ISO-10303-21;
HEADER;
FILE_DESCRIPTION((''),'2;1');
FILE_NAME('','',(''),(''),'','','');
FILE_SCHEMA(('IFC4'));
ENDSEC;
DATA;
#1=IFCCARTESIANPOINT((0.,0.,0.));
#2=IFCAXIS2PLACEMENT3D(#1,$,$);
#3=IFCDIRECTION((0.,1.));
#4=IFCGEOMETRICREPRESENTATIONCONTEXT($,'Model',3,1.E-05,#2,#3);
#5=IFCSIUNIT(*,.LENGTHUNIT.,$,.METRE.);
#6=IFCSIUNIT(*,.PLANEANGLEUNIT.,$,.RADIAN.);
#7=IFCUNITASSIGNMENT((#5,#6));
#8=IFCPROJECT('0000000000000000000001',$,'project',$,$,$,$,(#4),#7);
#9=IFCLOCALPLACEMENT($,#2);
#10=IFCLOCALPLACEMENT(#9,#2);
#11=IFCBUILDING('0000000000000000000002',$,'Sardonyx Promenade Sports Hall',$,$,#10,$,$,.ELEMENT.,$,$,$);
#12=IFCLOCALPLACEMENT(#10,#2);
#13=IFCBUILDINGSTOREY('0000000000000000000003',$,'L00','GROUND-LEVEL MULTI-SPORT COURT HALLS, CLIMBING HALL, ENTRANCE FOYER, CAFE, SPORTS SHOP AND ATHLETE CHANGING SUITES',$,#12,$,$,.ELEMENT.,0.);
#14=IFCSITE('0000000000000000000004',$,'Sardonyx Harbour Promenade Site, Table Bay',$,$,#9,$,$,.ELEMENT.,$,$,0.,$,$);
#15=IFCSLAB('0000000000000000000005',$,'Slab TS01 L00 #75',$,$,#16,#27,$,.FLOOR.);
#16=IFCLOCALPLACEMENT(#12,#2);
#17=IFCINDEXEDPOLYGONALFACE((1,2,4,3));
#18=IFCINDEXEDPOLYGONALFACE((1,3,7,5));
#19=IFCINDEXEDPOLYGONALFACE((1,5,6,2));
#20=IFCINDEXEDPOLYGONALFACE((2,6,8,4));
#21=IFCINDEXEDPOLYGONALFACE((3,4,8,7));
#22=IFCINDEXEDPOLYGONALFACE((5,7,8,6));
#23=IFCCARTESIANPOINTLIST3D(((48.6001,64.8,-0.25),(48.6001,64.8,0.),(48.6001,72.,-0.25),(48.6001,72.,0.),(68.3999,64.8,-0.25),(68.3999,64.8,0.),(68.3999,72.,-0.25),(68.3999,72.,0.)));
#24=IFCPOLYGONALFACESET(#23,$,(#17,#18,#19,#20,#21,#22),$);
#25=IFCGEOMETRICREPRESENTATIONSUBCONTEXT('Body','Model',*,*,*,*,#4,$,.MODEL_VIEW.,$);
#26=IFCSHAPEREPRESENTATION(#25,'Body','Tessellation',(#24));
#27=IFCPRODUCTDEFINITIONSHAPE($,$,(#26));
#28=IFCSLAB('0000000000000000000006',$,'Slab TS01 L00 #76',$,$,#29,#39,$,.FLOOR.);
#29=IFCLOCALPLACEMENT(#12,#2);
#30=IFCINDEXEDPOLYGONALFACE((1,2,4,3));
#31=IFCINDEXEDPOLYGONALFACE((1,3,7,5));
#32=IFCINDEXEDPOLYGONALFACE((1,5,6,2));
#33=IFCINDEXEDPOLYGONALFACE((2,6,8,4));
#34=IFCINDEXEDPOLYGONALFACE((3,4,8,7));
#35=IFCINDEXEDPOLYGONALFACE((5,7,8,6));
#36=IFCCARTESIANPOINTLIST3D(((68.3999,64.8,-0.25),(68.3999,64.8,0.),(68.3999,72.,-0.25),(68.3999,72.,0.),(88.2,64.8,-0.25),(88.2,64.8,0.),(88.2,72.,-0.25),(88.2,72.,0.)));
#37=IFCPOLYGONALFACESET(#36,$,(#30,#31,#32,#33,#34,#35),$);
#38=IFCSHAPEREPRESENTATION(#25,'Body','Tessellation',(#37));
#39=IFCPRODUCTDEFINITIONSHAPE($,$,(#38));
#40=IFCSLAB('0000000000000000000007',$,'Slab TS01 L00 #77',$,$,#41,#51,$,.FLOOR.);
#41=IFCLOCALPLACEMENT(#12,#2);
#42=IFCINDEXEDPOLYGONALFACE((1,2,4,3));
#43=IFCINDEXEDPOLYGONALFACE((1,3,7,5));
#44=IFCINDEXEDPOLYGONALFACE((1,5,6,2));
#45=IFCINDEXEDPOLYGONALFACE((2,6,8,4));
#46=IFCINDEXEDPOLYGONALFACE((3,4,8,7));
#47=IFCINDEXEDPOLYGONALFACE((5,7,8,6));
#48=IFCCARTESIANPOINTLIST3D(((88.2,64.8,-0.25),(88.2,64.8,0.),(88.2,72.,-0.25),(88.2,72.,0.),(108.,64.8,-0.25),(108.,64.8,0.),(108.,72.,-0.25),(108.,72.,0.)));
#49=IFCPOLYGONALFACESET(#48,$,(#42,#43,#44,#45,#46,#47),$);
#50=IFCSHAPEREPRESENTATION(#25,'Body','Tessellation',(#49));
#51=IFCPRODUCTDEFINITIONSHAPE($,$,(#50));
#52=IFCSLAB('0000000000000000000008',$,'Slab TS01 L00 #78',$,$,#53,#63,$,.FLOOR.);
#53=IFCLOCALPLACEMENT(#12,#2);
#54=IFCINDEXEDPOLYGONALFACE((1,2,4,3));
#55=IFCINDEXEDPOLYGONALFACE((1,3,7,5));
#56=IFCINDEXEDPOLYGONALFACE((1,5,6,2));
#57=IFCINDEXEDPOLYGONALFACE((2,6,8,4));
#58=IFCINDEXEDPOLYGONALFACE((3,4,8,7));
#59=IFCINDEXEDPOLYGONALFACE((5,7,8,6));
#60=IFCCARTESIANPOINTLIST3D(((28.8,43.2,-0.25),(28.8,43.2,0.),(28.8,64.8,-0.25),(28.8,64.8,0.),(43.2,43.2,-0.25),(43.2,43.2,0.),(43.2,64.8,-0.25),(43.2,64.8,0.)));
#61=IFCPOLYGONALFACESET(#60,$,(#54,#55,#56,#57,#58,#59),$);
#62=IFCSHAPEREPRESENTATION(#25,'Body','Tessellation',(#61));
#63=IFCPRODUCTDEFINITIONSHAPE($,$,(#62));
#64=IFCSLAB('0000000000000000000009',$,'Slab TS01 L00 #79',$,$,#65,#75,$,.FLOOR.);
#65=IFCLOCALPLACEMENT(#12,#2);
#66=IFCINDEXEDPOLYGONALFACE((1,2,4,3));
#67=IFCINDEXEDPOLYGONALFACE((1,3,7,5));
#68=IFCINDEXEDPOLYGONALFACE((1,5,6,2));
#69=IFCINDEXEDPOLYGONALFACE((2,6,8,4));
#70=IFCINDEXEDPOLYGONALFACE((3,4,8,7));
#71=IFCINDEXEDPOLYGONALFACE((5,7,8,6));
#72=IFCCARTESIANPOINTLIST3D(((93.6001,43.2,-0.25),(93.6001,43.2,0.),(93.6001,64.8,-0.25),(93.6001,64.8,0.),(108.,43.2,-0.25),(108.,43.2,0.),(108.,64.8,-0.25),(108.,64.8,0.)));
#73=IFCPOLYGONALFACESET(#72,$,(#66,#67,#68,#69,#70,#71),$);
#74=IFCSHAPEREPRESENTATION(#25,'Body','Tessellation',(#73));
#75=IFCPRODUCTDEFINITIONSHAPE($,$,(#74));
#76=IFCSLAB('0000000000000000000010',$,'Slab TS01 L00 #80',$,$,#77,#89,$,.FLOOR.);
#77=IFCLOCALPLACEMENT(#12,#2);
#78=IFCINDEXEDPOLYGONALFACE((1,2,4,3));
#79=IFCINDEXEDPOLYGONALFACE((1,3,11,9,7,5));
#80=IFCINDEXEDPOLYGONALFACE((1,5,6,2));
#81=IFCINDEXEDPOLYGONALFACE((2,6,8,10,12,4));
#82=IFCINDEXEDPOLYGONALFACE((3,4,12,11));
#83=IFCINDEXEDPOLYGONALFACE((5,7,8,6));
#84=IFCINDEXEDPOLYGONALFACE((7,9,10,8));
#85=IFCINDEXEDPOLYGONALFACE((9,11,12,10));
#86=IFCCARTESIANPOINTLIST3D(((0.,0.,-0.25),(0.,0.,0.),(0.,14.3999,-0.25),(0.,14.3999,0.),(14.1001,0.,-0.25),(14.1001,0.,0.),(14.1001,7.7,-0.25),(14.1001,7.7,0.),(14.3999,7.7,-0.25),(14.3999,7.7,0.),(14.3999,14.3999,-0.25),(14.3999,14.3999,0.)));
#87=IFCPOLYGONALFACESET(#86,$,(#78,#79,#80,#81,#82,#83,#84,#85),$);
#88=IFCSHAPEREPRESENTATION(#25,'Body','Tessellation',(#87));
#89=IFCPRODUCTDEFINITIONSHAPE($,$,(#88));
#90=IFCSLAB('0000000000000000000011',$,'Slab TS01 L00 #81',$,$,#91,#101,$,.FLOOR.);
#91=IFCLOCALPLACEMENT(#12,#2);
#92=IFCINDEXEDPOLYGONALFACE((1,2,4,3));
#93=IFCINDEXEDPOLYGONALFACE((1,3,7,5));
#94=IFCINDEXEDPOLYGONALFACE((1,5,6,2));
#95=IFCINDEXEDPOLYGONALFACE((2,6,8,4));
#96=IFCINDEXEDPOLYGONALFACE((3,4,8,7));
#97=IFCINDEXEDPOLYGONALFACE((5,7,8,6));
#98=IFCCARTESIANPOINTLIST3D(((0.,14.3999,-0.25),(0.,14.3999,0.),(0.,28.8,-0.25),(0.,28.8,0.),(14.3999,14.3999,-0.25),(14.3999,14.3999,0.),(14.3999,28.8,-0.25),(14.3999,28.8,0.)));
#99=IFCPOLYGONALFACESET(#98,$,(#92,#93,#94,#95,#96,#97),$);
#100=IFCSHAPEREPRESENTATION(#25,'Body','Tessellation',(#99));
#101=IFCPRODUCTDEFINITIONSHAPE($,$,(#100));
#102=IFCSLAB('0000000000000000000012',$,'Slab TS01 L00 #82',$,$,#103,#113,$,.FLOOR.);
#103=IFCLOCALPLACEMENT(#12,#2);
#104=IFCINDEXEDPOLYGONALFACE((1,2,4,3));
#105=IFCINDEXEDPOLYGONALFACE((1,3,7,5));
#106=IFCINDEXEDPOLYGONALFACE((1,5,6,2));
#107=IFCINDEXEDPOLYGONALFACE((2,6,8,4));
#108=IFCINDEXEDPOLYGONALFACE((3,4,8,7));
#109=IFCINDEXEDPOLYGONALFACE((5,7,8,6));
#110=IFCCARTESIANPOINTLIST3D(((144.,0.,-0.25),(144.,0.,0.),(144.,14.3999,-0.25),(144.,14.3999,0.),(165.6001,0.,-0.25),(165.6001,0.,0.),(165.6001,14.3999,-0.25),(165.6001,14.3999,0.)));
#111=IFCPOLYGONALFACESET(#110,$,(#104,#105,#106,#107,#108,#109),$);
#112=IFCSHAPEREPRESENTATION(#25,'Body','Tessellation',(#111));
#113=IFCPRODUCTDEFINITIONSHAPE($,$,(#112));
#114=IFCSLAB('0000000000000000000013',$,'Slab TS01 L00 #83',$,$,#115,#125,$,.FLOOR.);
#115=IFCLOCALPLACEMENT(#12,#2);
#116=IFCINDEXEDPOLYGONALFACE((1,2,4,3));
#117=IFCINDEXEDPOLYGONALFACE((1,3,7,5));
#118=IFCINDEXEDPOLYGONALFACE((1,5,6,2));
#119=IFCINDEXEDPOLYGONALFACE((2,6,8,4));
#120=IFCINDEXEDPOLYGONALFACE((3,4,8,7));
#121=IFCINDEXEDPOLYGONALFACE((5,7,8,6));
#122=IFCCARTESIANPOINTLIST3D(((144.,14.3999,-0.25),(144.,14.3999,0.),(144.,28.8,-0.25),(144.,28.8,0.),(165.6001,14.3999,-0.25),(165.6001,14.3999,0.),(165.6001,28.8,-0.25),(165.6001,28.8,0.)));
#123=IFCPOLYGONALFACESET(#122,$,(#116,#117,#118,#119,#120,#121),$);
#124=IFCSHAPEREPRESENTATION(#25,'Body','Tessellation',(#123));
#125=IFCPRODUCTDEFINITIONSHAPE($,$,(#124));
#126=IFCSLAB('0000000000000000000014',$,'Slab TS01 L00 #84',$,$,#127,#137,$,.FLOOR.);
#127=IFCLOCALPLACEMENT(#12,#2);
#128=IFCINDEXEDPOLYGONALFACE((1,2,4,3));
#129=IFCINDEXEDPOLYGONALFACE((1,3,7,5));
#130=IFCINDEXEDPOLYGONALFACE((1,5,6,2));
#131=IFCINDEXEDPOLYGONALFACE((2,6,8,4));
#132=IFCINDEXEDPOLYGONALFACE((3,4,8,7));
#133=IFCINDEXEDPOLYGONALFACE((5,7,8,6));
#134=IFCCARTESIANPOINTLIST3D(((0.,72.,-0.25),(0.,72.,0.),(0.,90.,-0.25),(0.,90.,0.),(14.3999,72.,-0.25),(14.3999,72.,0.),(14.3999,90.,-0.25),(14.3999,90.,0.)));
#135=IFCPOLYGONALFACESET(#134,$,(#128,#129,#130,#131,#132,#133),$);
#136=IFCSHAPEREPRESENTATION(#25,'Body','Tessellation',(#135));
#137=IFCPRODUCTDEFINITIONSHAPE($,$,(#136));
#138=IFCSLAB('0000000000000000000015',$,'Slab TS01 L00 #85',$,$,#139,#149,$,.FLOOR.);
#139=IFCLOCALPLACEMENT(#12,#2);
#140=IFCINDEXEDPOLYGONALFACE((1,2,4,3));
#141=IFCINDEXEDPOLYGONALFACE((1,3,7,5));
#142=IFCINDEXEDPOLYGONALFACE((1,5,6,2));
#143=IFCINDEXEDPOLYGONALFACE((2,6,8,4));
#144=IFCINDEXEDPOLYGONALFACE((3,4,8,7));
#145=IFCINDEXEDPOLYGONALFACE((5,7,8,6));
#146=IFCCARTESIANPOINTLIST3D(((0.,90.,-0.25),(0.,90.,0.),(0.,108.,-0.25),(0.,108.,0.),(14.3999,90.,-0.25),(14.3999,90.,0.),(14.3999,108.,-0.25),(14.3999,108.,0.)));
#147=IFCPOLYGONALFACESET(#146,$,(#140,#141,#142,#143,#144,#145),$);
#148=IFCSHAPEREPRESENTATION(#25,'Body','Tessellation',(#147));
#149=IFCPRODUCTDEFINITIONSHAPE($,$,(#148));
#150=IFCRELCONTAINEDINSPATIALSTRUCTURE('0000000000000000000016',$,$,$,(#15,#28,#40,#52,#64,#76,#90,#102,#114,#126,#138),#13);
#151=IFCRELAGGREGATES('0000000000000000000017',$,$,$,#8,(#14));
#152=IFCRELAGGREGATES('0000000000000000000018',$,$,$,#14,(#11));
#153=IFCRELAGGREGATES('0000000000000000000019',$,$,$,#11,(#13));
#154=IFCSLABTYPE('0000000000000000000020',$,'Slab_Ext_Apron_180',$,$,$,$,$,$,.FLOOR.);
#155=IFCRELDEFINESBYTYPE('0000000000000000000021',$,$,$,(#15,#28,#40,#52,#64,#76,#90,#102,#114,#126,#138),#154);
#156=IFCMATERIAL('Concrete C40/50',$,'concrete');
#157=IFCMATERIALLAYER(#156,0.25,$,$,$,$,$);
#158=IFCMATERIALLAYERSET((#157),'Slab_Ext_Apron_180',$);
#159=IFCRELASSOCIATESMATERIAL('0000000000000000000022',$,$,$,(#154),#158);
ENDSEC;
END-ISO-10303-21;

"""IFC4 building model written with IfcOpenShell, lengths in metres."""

from ifc_helpers import new_model, si_unit, direction, frame, origin, place, context, subcontext, project, spatial, polyline, outline, extrude, material, layer, layer_set, type_object, element, save


model = new_model("IFC4")

# Units and contexts
model_context = context("Model", 3, precision=1e-05, world=origin(), true_north=direction((0.0, 1.0)))
body_context = subcontext(model_context, "Body", "Model", "MODEL_VIEW")
ifc_project = project(units=[si_unit("LENGTHUNIT", "METRE"), si_unit("PLANEANGLEUNIT", "RADIAN")], contexts=[model_context])

# Site, building, storey
site_placement = place(None, origin())
site = spatial("IfcSite", under=ifc_project, at=site_placement, Name="Sardonyx Harbour Promenade Site, Table Bay", CompositionType="ELEMENT", RefElevation=0.0)
building_placement = place(site_placement, origin())
building = spatial("IfcBuilding", under=site, at=building_placement, Name="Sardonyx Promenade Sports Hall", CompositionType="ELEMENT")
storey_placement = place(building_placement, origin())
storey = spatial("IfcBuildingStorey", under=building, at=storey_placement, Name="L00", Description="GROUND-LEVEL MULTI-SPORT COURT HALLS, CLIMBING HALL, ENTRANCE FOYER, CAFE, SPORTS SHOP AND ATHLETE CHANGING SUITES", CompositionType="ELEMENT", Elevation=0.0)

# Slabs
ifc_material_1 = material(Name="Concrete C40/50", Category="concrete")
ifc_layer_1 = layer(ifc_material_1, 0.25)
ifc_layer_set_1 = layer_set([ifc_layer_1], Name="Slab_Ext_Apron_180")
slab_type_1 = type_object("IfcSlabType", Name="Slab_Ext_Apron_180", PredefinedType="FLOOR", material=ifc_layer_set_1)
slab_1_placement = place(storey_placement, frame((0.0, 0.0, -0.25)))
element("IfcSlab", 1, at=slab_1_placement, inside=storey, type_object=slab_type_1, Name="Slab TS01 L00 #75", PredefinedType="FLOOR", context=body_context, shape_type="SweptSolid", body=[
    extrude(outline(polyline([(48.6001, 64.8), (68.3999, 64.8), (68.3999, 72.0), (48.6001, 72.0), (48.6001, 64.8)])), origin(), (0.0, 0.0, 1.0), 0.25),
])
slab_2_placement = place(storey_placement, frame((0.0, 0.0, -0.25)))
element("IfcSlab", 2, at=slab_2_placement, inside=storey, type_object=slab_type_1, Name="Slab TS01 L00 #76", PredefinedType="FLOOR", context=body_context, shape_type="SweptSolid", body=[
    extrude(outline(polyline([(68.3999, 64.8), (88.2, 64.8), (88.2, 72.0), (68.3999, 72.0), (68.3999, 64.8)])), origin(), (0.0, 0.0, 1.0), 0.25),
])
slab_3_placement = place(storey_placement, frame((0.0, 0.0, -0.25)))
element("IfcSlab", 3, at=slab_3_placement, inside=storey, type_object=slab_type_1, Name="Slab TS01 L00 #77", PredefinedType="FLOOR", context=body_context, shape_type="SweptSolid", body=[
    extrude(outline(polyline([(88.2, 64.8), (108.0, 64.8), (108.0, 72.0), (88.2, 72.0), (88.2, 64.8)])), origin(), (0.0, 0.0, 1.0), 0.25),
])
slab_4_placement = place(storey_placement, frame((0.0, 0.0, -0.25)))
element("IfcSlab", 4, at=slab_4_placement, inside=storey, type_object=slab_type_1, Name="Slab TS01 L00 #78", PredefinedType="FLOOR", context=body_context, shape_type="SweptSolid", body=[
    extrude(outline(polyline([(43.2, 64.8), (28.8, 64.8), (28.8, 43.2), (43.2, 43.2), (43.2, 64.8)])), origin(), (0.0, 0.0, 1.0), 0.25),
])
slab_5_placement = place(storey_placement, frame((0.0, 0.0, -0.25)))
element("IfcSlab", 5, at=slab_5_placement, inside=storey, type_object=slab_type_1, Name="Slab TS01 L00 #79", PredefinedType="FLOOR", context=body_context, shape_type="SweptSolid", body=[
    extrude(outline(polyline([(93.6001, 43.2), (108.0, 43.2), (108.0, 64.8), (93.6001, 64.8), (93.6001, 43.2)])), origin(), (0.0, 0.0, 1.0), 0.25),
])
slab_6_placement = place(storey_placement, frame((0.0, 0.0, -0.25)))
element("IfcSlab", 6, at=slab_6_placement, inside=storey, type_object=slab_type_1, Name="Slab TS01 L00 #80", PredefinedType="FLOOR", context=body_context, shape_type="SweptSolid", body=[
    extrude(outline(polyline([(0.0, 0.0), (14.1001, 0.0), (14.1001, 7.7), (14.3999, 7.7), (14.3999, 14.3999), (0.0, 14.3999), (0.0, 0.0)])), origin(), (0.0, 0.0, 1.0), 0.25),
])
slab_7_placement = place(storey_placement, frame((0.0, 0.0, -0.25)))
element("IfcSlab", 7, at=slab_7_placement, inside=storey, type_object=slab_type_1, Name="Slab TS01 L00 #81", PredefinedType="FLOOR", context=body_context, shape_type="SweptSolid", body=[
    extrude(outline(polyline([(0.0, 14.3999), (14.3999, 14.3999), (14.3999, 28.8), (0.0, 28.8), (0.0, 14.3999)])), origin(), (0.0, 0.0, 1.0), 0.25),
])
slab_8_placement = place(storey_placement, frame((0.0, 0.0, -0.25)))
element("IfcSlab", 8, at=slab_8_placement, inside=storey, type_object=slab_type_1, Name="Slab TS01 L00 #82", PredefinedType="FLOOR", context=body_context, shape_type="SweptSolid", body=[
    extrude(outline(polyline([(144.0, 0.0), (165.6001, 0.0), (165.6001, 14.3999), (144.0, 14.3999), (144.0, 0.0)])), origin(), (0.0, 0.0, 1.0), 0.25),
])
slab_9_placement = place(storey_placement, frame((0.0, 0.0, -0.25)))
element("IfcSlab", 9, at=slab_9_placement, inside=storey, type_object=slab_type_1, Name="Slab TS01 L00 #83", PredefinedType="FLOOR", context=body_context, shape_type="SweptSolid", body=[
    extrude(outline(polyline([(144.0, 14.3999), (165.6001, 14.3999), (165.6001, 28.8), (144.0, 28.8), (144.0, 14.3999)])), origin(), (0.0, 0.0, 1.0), 0.25),
])
slab_10_placement = place(storey_placement, frame((0.0, 0.0, -0.25)))
element("IfcSlab", 10, at=slab_10_placement, inside=storey, type_object=slab_type_1, Name="Slab TS01 L00 #84", PredefinedType="FLOOR", context=body_context, shape_type="SweptSolid", body=[
    extrude(outline(polyline([(0.0, 72.0), (14.3999, 72.0), (14.3999, 90.0), (0.0, 90.0), (0.0, 72.0)])), origin(), (0.0, 0.0, 1.0), 0.25),
])
slab_11_placement = place(storey_placement, frame((0.0, 0.0, -0.25)))
element("IfcSlab", 11, at=slab_11_placement, inside=storey, type_object=slab_type_1, Name="Slab TS01 L00 #85", PredefinedType="FLOOR", context=body_context, shape_type="SweptSolid", body=[
    extrude(outline(polyline([(0.0, 90.0), (14.3999, 90.0), (14.3999, 108.0), (0.0, 108.0), (0.0, 90.0)])), origin(), (0.0, 0.0, 1.0), 0.25),
])

save(model, "model.ifc")
